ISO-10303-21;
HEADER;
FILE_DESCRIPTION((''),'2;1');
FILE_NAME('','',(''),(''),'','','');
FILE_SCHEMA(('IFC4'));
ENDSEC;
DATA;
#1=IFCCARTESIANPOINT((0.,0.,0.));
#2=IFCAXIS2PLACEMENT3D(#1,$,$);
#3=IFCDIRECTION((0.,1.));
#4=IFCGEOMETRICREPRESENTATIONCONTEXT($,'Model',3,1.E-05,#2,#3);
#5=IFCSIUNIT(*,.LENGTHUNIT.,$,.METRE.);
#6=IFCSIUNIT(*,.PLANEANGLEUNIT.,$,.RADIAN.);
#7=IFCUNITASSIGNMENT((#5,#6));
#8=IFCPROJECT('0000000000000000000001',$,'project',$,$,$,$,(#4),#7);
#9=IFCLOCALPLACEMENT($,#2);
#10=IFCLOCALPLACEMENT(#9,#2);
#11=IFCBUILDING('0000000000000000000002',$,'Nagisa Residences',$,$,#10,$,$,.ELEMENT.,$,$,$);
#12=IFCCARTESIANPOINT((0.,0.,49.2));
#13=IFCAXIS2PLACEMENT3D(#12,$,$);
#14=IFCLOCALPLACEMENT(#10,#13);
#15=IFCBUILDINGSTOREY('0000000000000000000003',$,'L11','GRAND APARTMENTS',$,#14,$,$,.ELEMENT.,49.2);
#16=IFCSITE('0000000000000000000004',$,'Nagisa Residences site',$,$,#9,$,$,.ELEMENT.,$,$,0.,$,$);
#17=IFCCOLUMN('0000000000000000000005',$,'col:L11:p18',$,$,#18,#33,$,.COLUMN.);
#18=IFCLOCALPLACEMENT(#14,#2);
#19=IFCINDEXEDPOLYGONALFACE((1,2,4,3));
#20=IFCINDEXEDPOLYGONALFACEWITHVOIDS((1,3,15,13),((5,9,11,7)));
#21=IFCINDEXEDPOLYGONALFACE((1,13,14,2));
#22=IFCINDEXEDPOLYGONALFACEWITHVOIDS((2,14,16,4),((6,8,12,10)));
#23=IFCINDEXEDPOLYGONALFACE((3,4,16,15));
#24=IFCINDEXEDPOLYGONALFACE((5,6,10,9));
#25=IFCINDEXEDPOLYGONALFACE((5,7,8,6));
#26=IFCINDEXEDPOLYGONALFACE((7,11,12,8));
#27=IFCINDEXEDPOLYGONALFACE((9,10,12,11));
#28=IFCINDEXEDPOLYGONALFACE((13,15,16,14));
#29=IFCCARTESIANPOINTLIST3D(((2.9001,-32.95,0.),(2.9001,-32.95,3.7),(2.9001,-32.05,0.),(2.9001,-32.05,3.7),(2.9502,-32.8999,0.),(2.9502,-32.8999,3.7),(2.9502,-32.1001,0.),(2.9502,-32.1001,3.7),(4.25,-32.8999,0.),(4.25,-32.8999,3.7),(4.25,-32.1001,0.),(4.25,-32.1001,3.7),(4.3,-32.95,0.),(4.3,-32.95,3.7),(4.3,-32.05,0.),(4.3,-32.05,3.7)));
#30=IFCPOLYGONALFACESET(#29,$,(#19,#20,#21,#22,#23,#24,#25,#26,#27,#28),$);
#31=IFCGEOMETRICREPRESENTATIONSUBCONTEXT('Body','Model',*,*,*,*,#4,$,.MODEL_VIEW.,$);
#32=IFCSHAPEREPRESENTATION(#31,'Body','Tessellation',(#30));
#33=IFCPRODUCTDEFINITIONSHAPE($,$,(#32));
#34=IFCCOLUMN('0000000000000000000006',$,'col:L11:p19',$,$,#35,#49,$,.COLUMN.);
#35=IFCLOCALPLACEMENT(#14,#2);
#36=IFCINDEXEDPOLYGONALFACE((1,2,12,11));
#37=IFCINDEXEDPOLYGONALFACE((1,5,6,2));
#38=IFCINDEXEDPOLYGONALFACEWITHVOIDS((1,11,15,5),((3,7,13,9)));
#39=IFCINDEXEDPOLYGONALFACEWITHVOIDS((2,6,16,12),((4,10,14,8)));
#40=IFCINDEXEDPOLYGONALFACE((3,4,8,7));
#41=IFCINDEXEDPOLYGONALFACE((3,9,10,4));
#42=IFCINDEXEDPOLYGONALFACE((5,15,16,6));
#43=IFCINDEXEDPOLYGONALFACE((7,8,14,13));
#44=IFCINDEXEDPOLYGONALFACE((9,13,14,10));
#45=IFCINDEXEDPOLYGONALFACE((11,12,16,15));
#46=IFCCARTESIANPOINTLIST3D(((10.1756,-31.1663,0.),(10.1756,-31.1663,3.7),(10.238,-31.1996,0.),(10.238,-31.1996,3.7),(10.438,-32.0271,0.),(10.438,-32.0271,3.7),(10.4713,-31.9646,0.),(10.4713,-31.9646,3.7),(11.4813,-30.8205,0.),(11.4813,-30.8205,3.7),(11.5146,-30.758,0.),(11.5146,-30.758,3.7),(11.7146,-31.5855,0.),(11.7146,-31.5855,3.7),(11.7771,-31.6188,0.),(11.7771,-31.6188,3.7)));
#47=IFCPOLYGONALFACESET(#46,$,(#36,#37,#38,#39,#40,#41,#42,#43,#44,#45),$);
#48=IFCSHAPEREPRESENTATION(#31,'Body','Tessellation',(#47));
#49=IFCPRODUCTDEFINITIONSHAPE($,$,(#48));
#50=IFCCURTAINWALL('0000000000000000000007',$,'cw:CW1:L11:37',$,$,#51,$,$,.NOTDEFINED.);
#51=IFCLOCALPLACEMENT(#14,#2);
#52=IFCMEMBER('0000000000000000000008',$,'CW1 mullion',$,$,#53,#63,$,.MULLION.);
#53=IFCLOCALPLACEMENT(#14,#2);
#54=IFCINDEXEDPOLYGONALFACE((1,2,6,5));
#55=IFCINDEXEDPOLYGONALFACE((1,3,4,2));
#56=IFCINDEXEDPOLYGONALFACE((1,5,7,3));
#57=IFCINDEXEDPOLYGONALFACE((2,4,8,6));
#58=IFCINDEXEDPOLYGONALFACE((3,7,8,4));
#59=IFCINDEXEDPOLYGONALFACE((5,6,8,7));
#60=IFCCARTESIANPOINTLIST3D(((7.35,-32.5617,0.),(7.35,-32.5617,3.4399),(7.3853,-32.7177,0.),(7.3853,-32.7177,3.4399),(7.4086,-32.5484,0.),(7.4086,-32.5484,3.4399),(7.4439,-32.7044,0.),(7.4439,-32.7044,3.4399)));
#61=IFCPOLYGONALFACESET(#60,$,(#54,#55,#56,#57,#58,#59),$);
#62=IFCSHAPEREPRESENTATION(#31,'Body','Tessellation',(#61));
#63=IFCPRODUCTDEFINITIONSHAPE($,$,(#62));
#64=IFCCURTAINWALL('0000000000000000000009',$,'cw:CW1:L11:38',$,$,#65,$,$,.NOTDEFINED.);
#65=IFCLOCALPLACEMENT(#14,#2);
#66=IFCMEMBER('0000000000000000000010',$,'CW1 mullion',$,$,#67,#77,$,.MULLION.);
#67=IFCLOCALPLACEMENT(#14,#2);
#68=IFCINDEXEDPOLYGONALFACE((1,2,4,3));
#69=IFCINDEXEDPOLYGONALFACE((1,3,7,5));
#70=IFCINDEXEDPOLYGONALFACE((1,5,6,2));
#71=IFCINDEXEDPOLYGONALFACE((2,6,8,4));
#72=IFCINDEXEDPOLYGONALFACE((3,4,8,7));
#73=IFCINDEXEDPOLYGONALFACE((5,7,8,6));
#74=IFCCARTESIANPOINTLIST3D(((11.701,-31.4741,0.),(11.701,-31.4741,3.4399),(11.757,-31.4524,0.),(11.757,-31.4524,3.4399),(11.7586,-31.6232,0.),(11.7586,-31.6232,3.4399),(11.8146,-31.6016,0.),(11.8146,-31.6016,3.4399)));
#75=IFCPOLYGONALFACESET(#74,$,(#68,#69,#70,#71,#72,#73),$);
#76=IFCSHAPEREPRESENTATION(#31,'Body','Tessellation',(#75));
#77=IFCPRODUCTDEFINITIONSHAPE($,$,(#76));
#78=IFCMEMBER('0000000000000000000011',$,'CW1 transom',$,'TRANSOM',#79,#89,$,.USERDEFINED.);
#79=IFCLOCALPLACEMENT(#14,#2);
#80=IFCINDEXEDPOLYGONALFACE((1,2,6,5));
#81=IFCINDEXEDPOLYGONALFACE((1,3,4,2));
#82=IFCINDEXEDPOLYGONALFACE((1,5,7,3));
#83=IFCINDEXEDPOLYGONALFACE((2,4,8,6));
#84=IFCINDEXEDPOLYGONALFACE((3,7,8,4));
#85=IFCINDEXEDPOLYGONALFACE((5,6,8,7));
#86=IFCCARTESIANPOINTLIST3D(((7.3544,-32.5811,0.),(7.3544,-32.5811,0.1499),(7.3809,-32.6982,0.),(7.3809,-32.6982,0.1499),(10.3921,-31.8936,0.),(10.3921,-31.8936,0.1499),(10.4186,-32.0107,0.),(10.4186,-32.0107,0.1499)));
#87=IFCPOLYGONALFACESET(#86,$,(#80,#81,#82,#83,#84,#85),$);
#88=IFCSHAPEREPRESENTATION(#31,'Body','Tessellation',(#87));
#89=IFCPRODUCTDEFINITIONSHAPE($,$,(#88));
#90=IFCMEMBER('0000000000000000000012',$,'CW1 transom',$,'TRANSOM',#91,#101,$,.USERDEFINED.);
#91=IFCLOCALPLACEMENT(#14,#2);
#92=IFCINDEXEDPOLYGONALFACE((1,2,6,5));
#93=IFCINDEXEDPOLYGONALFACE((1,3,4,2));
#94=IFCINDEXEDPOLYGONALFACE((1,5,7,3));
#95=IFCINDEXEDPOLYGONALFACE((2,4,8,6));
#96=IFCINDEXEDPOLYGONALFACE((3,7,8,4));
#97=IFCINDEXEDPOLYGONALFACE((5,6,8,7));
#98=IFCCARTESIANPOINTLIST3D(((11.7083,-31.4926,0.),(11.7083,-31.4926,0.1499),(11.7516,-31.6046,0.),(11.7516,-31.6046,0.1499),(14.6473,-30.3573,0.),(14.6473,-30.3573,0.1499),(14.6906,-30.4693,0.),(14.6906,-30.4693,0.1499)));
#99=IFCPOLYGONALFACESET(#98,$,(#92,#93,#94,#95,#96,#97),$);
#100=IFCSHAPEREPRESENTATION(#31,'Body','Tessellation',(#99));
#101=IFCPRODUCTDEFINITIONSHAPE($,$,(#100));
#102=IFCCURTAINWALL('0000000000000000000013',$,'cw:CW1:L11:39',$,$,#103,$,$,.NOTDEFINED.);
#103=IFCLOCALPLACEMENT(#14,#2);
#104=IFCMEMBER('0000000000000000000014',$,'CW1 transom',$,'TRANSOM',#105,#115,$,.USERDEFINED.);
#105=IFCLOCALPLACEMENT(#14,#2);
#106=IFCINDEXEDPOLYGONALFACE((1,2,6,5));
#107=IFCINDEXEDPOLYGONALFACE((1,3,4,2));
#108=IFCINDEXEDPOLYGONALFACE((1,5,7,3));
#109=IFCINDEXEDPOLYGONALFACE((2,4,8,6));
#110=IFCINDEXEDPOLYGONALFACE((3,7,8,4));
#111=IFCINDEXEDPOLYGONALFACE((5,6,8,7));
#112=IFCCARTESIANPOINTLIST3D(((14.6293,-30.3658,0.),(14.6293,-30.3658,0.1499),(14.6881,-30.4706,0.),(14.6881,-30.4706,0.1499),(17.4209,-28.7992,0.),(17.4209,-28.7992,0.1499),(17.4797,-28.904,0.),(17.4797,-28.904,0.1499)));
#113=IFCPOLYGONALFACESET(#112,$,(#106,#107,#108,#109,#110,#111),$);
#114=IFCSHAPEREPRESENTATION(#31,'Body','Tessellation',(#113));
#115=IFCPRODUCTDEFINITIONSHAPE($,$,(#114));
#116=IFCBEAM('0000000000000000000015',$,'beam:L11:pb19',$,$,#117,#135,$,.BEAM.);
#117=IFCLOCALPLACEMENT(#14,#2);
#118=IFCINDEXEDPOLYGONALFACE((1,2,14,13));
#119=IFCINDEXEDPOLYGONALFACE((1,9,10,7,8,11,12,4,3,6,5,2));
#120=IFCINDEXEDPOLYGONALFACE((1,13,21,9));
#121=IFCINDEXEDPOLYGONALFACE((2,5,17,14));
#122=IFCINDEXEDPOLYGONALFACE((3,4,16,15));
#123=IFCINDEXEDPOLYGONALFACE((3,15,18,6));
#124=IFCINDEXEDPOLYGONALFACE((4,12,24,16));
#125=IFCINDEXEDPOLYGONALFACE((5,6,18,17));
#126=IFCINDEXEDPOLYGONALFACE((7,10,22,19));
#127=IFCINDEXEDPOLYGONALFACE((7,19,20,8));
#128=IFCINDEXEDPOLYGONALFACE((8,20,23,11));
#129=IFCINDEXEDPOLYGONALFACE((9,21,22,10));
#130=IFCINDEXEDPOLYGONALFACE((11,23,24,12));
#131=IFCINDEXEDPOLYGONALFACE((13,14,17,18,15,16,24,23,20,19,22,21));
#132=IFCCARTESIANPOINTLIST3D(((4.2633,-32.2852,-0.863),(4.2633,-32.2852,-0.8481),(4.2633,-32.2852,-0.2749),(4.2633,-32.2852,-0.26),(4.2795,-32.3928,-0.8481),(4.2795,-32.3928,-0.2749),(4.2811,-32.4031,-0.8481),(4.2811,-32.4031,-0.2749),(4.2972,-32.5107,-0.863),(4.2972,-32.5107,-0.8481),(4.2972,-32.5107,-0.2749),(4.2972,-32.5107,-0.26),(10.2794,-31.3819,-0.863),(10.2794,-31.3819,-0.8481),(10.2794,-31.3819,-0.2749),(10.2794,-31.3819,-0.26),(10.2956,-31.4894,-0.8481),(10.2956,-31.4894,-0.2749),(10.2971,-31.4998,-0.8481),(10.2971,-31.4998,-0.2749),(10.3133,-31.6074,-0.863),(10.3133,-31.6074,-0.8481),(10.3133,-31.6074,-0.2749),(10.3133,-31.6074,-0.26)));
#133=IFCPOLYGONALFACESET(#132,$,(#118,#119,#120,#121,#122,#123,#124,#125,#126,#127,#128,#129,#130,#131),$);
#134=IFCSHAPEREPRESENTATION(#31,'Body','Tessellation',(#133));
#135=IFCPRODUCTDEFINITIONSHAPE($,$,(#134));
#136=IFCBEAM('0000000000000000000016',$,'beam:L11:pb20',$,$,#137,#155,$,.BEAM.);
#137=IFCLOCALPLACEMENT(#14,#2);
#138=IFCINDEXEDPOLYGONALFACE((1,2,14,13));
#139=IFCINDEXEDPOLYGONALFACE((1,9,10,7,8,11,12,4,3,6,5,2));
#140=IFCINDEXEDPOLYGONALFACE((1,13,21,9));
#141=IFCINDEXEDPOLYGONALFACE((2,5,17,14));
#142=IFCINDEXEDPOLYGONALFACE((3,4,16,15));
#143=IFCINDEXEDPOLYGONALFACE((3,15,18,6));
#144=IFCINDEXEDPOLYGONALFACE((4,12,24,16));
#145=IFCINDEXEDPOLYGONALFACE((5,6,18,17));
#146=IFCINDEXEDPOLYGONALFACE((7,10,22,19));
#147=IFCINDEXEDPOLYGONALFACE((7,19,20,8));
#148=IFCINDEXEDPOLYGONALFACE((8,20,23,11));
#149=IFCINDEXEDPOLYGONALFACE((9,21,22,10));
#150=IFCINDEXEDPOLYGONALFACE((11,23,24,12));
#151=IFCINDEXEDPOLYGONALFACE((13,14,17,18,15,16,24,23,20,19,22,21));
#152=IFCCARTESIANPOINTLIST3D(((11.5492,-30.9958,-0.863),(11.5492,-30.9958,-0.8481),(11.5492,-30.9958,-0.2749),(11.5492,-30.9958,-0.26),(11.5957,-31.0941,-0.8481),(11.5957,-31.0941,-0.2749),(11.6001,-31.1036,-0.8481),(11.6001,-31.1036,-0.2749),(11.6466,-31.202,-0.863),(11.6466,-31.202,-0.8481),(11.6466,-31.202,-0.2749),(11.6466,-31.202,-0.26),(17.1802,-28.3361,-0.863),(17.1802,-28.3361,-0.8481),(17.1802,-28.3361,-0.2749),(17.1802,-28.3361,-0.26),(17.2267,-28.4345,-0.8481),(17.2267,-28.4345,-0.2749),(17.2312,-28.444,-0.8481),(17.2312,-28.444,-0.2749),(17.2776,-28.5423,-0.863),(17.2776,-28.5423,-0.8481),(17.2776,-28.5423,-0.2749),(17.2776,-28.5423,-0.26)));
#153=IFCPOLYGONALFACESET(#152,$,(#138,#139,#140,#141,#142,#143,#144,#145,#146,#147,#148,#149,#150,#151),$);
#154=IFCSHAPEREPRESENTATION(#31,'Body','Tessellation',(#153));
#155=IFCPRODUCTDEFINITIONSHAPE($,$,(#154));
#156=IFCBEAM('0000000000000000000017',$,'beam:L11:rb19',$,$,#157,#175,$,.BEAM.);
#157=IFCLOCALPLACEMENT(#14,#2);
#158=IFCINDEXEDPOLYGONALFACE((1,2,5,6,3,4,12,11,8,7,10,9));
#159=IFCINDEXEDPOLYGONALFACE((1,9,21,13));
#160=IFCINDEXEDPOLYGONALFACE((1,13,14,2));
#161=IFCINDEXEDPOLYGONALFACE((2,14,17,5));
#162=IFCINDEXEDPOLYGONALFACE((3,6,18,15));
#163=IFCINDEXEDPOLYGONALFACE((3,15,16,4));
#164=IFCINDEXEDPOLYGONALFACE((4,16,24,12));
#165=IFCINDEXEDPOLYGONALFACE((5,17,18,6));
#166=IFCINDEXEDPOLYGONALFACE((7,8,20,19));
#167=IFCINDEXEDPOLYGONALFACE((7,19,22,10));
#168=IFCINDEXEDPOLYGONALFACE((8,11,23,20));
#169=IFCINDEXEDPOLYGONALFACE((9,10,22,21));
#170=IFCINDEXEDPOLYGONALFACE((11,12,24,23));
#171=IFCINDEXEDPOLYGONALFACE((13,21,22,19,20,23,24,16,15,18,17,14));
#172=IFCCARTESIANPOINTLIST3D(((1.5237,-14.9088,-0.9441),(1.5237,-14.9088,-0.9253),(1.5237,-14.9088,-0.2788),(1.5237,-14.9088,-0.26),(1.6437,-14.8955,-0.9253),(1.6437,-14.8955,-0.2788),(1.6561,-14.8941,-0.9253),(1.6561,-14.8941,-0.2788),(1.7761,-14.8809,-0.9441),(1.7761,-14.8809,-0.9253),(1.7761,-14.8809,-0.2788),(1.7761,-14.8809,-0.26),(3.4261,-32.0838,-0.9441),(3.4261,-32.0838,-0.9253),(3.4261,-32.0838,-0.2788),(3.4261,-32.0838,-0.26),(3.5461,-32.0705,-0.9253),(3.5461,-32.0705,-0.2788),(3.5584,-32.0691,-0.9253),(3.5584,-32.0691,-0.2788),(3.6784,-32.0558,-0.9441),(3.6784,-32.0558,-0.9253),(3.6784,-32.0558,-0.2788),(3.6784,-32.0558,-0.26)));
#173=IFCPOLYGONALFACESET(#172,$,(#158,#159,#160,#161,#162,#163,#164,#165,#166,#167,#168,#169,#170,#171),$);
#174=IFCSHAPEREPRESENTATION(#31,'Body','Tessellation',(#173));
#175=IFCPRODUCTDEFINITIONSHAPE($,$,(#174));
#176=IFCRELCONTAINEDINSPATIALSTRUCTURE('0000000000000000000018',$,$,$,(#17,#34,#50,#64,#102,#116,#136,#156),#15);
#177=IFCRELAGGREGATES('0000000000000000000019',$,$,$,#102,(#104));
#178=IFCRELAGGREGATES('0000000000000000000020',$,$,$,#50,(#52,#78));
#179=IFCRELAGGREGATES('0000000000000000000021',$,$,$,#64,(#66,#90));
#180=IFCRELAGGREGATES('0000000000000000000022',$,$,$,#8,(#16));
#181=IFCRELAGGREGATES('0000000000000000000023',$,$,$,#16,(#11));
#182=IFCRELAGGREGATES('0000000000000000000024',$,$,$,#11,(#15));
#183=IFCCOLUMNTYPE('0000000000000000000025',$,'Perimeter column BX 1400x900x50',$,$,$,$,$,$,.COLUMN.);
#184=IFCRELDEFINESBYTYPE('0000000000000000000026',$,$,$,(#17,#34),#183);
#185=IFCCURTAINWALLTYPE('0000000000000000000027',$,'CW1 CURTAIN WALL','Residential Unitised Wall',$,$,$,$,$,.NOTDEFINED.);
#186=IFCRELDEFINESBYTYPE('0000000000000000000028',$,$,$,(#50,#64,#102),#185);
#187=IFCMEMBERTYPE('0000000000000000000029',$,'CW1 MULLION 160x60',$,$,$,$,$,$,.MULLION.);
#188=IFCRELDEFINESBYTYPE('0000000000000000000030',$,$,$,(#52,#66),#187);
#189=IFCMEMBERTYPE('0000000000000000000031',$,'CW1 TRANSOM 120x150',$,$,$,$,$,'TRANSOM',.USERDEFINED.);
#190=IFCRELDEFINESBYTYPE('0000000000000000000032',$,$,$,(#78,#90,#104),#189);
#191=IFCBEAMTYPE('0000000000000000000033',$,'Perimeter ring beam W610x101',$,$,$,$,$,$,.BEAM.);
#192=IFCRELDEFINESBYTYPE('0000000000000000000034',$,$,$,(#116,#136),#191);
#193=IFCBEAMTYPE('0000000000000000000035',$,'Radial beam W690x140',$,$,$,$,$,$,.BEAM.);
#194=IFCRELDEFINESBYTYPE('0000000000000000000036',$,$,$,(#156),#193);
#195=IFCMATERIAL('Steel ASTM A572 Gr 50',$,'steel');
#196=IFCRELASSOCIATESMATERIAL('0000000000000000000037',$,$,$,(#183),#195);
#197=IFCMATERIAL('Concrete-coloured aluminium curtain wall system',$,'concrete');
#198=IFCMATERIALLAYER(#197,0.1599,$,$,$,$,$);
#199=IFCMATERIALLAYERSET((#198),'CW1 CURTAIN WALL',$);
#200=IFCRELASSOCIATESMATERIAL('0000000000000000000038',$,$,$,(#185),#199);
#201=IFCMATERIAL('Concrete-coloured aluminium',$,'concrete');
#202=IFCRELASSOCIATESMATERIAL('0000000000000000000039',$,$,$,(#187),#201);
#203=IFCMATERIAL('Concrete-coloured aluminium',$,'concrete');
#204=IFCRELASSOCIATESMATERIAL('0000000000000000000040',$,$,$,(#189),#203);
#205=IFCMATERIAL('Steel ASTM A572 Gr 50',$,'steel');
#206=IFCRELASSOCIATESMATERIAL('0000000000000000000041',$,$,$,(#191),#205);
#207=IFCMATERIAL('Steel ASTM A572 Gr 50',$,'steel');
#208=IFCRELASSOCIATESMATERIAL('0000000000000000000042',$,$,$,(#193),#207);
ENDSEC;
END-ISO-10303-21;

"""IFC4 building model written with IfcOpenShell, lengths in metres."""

from ifc_helpers import new_model, si_unit, direction, frame, origin, origin_2d, place, context, subcontext, project, spatial, rectangle, hollow_rectangle, i_section, extrude, material, layer, layer_set, material_profile, profile_set, type_object, element, aggregate, save


model = new_model("IFC4")

# Units and contexts
model_context = context("Model", 3, precision=1e-05, world=origin(), true_north=direction((0.0, 1.0)))
body_context = subcontext(model_context, "Body", "Model", "MODEL_VIEW")
ifc_project = project(units=[si_unit("LENGTHUNIT", "METRE"), si_unit("PLANEANGLEUNIT", "RADIAN")], contexts=[model_context])

# Site, building, storey
site_placement = place(None, origin())
site = spatial("IfcSite", under=ifc_project, at=site_placement, Name="Nagisa Residences site", CompositionType="ELEMENT", RefElevation=0.0)
building_placement = place(site_placement, origin())
building = spatial("IfcBuilding", under=site, at=building_placement, Name="Nagisa Residences", CompositionType="ELEMENT")
storey_placement = place(building_placement, frame((0.0, 0.0, 49.2)))
storey = spatial("IfcBuildingStorey", under=building, at=storey_placement, Name="L11", Description="GRAND APARTMENTS", CompositionType="ELEMENT", Elevation=49.2)

# Columns
ifc_material_1 = material(Name="Steel ASTM A572 Gr 50", Category="steel")
ifc_material_profile_1 = material_profile(ifc_material_1, hollow_rectangle(XDim=1.3999, YDim=0.8999, WallThickness=0.05, at=origin_2d()), Name="BX 1400x900x50")
ifc_profile_set_1 = profile_set([ifc_material_profile_1], Name="Steel ASTM A572 Gr 50")
column_type = type_object("IfcColumnType", Name="Perimeter column BX 1400x900x50", PredefinedType="COLUMN", material=ifc_profile_set_1)
for number, where, z_axis, x_axis, name in (
    (1, (3.6001, -32.5, 0.0), (0.0, 0.0, 1.0), (1.0, 0.0, 0.0), "col:L11:p18"),
    (2, (10.9763, -31.3926, 0.0), (0.0, 0.0, 1.0), (0.956525, 0.291652, 0.0), "col:L11:p19"),
):
    element("IfcColumn", number, at=place(storey_placement, frame(where, z_axis=z_axis, x_axis=x_axis)), inside=storey, type_object=column_type, Name=name, PredefinedType="COLUMN", context=body_context, shape_type="SweptSolid", body=[
        extrude(hollow_rectangle(XDim=1.3999, YDim=0.8999, WallThickness=0.05, at=origin_2d()), origin(), (0.0, 0.0, 1.0), 3.7),
    ])

# Curtain walls, members
ifc_material_2 = material(Name="Concrete-coloured aluminium curtain wall system", Category="concrete")
ifc_layer_1 = layer(ifc_material_2, 0.1599)
ifc_layer_set_1 = layer_set([ifc_layer_1], Name="CW1 CURTAIN WALL")
curtain_wall_type = type_object("IfcCurtainWallType", Name="CW1 CURTAIN WALL", Description="Residential Unitised Wall", PredefinedType="NOTDEFINED", material=ifc_layer_set_1)
curtain_wall_1_placement = place(storey_placement, origin())
curtain_wall_1 = element("IfcCurtainWall", 3, at=curtain_wall_1_placement, inside=storey, type_object=curtain_wall_type, Name="cw:CW1:L11:37", PredefinedType="NOTDEFINED")
ifc_material_3 = material(Name="Concrete-coloured aluminium", Category="concrete")
ifc_material_profile_2 = material_profile(ifc_material_3, rectangle(XDim=0.1599, YDim=0.0601, at=origin_2d()), Name="CW1 MULLION 160x60")
ifc_profile_set_2 = profile_set([ifc_material_profile_2], Name="Concrete-coloured aluminium")
member_type_1 = type_object("IfcMemberType", Name="CW1 MULLION 160x60", PredefinedType="MULLION", material=ifc_profile_set_2)
member_1_placement = place(storey_placement, frame((7.397, -32.6331, 0.0), z_axis=(0.0, 0.0, 1.0), x_axis=(-0.220764, 0.975327, 0.0)))
member_1 = element("IfcMember", 4, at=member_1_placement, type_object=member_type_1, Name="CW1 mullion", PredefinedType="MULLION", context=body_context, shape_type="SweptSolid", body=[
    extrude(rectangle(XDim=0.1599, YDim=0.0601, at=origin_2d()), origin(), (0.0, 0.0, 1.0), 3.4399),
])
curtain_wall_2_placement = place(storey_placement, origin())
curtain_wall_2 = element("IfcCurtainWall", 5, at=curtain_wall_2_placement, inside=storey, type_object=curtain_wall_type, Name="cw:CW1:L11:38", PredefinedType="NOTDEFINED")
member_2_placement = place(storey_placement, frame((11.7578, -31.5378, 0.0), z_axis=(0.0, 0.0, 1.0), x_axis=(-0.360328, 0.932826, 0.0)))
member_2 = element("IfcMember", 6, at=member_2_placement, type_object=member_type_1, Name="CW1 mullion", PredefinedType="MULLION", context=body_context, shape_type="SweptSolid", body=[
    extrude(rectangle(XDim=0.1599, YDim=0.0601, at=origin_2d()), origin(), (0.0, 0.0, 1.0), 3.4399),
])

# Members
ifc_material_4 = material(Name="Concrete-coloured aluminium", Category="concrete")
ifc_material_profile_3 = material_profile(ifc_material_4, rectangle(XDim=0.1201, YDim=0.1499, at=origin_2d()), Name="CW1 TRANSOM 120x150")
ifc_profile_set_3 = profile_set([ifc_material_profile_3], Name="Concrete-coloured aluminium")
member_type_2 = type_object("IfcMemberType", Name="CW1 TRANSOM 120x150", ElementType="TRANSOM", PredefinedType="USERDEFINED", material=ifc_profile_set_3)
member_3_placement = place(storey_placement, frame((7.3677, -32.6396, 0.075), z_axis=(0.975331, 0.220747, 0.0), x_axis=(-0.220747, 0.975331, 0.0)))
member_3 = element("IfcMember", 7, at=member_3_placement, type_object=member_type_2, Name="CW1 transom", ObjectType="TRANSOM", PredefinedType="USERDEFINED", context=body_context, shape_type="SweptSolid", body=[
    extrude(rectangle(XDim=0.1201, YDim=0.1499, at=origin_2d()), origin(), (0.0, 0.0, 1.0), 3.1145),
])
member_4_placement = place(storey_placement, frame((11.73, -31.5486, 0.075), z_axis=(0.932825, 0.360329, 0.0), x_axis=(-0.360329, 0.932825, 0.0)))
member_4 = element("IfcMember", 8, at=member_4_placement, type_object=member_type_2, Name="CW1 transom", ObjectType="TRANSOM", PredefinedType="USERDEFINED", context=body_context, shape_type="SweptSolid", body=[
    extrude(rectangle(XDim=0.1201, YDim=0.1499, at=origin_2d()), origin(), (0.0, 0.0, 1.0), 3.1506),
])

# Curtain wall, member
curtain_wall_3_placement = place(storey_placement, origin())
curtain_wall_3 = element("IfcCurtainWall", 9, at=curtain_wall_3_placement, inside=storey, type_object=curtain_wall_type, Name="cw:CW1:L11:39", PredefinedType="NOTDEFINED")
member_5_placement = place(storey_placement, frame((14.6587, -30.4182, 0.075), z_axis=(0.87207, 0.489381, 0.0), x_axis=(-0.489381, 0.87207, 0.0)))
member_5 = element("IfcMember", 10, at=member_5_placement, type_object=member_type_2, Name="CW1 transom", ObjectType="TRANSOM", PredefinedType="USERDEFINED", context=body_context, shape_type="SweptSolid", body=[
    extrude(rectangle(XDim=0.1201, YDim=0.1499, at=origin_2d()), origin(), (0.0, 0.0, 1.0), 3.2012),
])
aggregate(curtain_wall_3, [member_5])

# Beams
ifc_material_5 = material(Name="Steel ASTM A572 Gr 50", Category="steel")
ifc_material_profile_4 = material_profile(ifc_material_5, i_section(OverallWidth=0.228, OverallDepth=0.603, WebThickness=0.0105, FlangeThickness=0.0149, at=origin_2d()), Name="W610x101")
ifc_profile_set_4 = profile_set([ifc_material_profile_4], Name="Steel ASTM A572 Gr 50")
beam_type_1 = type_object("IfcBeamType", Name="Perimeter ring beam W610x101", PredefinedType="BEAM", material=ifc_profile_set_4)
beam_1_placement = place(storey_placement, frame((4.2803, -32.3979, -0.5615), z_axis=(0.988915, 0.148486, 0.0), x_axis=(-0.148486, 0.988915, 0.0)))
element("IfcBeam", 11, at=beam_1_placement, inside=storey, type_object=beam_type_1, Name="beam:L11:pb19", PredefinedType="BEAM", context=body_context, shape_type="SweptSolid", body=[
    extrude(i_section(OverallWidth=0.228, OverallDepth=0.603, WebThickness=0.0105, FlangeThickness=0.0149, at=origin_2d()), origin(), (0.0, 0.0, 1.0), 6.0835),
])
beam_2_placement = place(storey_placement, frame((11.5979, -31.0989, -0.5615), z_axis=(0.904215, 0.427077, 0.0), x_axis=(-0.427077, 0.904215, 0.0)))
element("IfcBeam", 12, at=beam_2_placement, inside=storey, type_object=beam_type_1, Name="beam:L11:pb20", PredefinedType="BEAM", context=body_context, shape_type="SweptSolid", body=[
    extrude(i_section(OverallWidth=0.228, OverallDepth=0.603, WebThickness=0.0105, FlangeThickness=0.0149, at=origin_2d()), origin(), (0.0, 0.0, 1.0), 6.2275),
])
ifc_material_6 = material(Name="Steel ASTM A572 Gr 50", Category="steel")
ifc_material_profile_5 = material_profile(ifc_material_6, i_section(OverallWidth=0.2539, OverallDepth=0.6841, WebThickness=0.0125, FlangeThickness=0.0188, at=origin_2d()), Name="W690x140")
ifc_profile_set_5 = profile_set([ifc_material_profile_5], Name="Steel ASTM A572 Gr 50")
beam_type_2 = type_object("IfcBeamType", Name="Radial beam W690x140", PredefinedType="BEAM", material=ifc_profile_set_5)
beam_3_placement = place(storey_placement, frame((3.5522, -32.0698, -0.6021), z_axis=(-0.110089, 0.993922, 0.0), x_axis=(-0.993922, -0.110089, 0.0)))
element("IfcBeam", 13, at=beam_3_placement, inside=storey, type_object=beam_type_2, Name="beam:L11:rb19", PredefinedType="BEAM", context=body_context, shape_type="SweptSolid", body=[
    extrude(i_section(OverallWidth=0.2539, OverallDepth=0.6841, WebThickness=0.0125, FlangeThickness=0.0188, at=origin_2d()), origin(), (0.0, 0.0, 1.0), 17.28),
])

aggregate(curtain_wall_1, [member_1, member_3])
aggregate(curtain_wall_2, [member_2, member_4])

save(model, "model.ifc")
